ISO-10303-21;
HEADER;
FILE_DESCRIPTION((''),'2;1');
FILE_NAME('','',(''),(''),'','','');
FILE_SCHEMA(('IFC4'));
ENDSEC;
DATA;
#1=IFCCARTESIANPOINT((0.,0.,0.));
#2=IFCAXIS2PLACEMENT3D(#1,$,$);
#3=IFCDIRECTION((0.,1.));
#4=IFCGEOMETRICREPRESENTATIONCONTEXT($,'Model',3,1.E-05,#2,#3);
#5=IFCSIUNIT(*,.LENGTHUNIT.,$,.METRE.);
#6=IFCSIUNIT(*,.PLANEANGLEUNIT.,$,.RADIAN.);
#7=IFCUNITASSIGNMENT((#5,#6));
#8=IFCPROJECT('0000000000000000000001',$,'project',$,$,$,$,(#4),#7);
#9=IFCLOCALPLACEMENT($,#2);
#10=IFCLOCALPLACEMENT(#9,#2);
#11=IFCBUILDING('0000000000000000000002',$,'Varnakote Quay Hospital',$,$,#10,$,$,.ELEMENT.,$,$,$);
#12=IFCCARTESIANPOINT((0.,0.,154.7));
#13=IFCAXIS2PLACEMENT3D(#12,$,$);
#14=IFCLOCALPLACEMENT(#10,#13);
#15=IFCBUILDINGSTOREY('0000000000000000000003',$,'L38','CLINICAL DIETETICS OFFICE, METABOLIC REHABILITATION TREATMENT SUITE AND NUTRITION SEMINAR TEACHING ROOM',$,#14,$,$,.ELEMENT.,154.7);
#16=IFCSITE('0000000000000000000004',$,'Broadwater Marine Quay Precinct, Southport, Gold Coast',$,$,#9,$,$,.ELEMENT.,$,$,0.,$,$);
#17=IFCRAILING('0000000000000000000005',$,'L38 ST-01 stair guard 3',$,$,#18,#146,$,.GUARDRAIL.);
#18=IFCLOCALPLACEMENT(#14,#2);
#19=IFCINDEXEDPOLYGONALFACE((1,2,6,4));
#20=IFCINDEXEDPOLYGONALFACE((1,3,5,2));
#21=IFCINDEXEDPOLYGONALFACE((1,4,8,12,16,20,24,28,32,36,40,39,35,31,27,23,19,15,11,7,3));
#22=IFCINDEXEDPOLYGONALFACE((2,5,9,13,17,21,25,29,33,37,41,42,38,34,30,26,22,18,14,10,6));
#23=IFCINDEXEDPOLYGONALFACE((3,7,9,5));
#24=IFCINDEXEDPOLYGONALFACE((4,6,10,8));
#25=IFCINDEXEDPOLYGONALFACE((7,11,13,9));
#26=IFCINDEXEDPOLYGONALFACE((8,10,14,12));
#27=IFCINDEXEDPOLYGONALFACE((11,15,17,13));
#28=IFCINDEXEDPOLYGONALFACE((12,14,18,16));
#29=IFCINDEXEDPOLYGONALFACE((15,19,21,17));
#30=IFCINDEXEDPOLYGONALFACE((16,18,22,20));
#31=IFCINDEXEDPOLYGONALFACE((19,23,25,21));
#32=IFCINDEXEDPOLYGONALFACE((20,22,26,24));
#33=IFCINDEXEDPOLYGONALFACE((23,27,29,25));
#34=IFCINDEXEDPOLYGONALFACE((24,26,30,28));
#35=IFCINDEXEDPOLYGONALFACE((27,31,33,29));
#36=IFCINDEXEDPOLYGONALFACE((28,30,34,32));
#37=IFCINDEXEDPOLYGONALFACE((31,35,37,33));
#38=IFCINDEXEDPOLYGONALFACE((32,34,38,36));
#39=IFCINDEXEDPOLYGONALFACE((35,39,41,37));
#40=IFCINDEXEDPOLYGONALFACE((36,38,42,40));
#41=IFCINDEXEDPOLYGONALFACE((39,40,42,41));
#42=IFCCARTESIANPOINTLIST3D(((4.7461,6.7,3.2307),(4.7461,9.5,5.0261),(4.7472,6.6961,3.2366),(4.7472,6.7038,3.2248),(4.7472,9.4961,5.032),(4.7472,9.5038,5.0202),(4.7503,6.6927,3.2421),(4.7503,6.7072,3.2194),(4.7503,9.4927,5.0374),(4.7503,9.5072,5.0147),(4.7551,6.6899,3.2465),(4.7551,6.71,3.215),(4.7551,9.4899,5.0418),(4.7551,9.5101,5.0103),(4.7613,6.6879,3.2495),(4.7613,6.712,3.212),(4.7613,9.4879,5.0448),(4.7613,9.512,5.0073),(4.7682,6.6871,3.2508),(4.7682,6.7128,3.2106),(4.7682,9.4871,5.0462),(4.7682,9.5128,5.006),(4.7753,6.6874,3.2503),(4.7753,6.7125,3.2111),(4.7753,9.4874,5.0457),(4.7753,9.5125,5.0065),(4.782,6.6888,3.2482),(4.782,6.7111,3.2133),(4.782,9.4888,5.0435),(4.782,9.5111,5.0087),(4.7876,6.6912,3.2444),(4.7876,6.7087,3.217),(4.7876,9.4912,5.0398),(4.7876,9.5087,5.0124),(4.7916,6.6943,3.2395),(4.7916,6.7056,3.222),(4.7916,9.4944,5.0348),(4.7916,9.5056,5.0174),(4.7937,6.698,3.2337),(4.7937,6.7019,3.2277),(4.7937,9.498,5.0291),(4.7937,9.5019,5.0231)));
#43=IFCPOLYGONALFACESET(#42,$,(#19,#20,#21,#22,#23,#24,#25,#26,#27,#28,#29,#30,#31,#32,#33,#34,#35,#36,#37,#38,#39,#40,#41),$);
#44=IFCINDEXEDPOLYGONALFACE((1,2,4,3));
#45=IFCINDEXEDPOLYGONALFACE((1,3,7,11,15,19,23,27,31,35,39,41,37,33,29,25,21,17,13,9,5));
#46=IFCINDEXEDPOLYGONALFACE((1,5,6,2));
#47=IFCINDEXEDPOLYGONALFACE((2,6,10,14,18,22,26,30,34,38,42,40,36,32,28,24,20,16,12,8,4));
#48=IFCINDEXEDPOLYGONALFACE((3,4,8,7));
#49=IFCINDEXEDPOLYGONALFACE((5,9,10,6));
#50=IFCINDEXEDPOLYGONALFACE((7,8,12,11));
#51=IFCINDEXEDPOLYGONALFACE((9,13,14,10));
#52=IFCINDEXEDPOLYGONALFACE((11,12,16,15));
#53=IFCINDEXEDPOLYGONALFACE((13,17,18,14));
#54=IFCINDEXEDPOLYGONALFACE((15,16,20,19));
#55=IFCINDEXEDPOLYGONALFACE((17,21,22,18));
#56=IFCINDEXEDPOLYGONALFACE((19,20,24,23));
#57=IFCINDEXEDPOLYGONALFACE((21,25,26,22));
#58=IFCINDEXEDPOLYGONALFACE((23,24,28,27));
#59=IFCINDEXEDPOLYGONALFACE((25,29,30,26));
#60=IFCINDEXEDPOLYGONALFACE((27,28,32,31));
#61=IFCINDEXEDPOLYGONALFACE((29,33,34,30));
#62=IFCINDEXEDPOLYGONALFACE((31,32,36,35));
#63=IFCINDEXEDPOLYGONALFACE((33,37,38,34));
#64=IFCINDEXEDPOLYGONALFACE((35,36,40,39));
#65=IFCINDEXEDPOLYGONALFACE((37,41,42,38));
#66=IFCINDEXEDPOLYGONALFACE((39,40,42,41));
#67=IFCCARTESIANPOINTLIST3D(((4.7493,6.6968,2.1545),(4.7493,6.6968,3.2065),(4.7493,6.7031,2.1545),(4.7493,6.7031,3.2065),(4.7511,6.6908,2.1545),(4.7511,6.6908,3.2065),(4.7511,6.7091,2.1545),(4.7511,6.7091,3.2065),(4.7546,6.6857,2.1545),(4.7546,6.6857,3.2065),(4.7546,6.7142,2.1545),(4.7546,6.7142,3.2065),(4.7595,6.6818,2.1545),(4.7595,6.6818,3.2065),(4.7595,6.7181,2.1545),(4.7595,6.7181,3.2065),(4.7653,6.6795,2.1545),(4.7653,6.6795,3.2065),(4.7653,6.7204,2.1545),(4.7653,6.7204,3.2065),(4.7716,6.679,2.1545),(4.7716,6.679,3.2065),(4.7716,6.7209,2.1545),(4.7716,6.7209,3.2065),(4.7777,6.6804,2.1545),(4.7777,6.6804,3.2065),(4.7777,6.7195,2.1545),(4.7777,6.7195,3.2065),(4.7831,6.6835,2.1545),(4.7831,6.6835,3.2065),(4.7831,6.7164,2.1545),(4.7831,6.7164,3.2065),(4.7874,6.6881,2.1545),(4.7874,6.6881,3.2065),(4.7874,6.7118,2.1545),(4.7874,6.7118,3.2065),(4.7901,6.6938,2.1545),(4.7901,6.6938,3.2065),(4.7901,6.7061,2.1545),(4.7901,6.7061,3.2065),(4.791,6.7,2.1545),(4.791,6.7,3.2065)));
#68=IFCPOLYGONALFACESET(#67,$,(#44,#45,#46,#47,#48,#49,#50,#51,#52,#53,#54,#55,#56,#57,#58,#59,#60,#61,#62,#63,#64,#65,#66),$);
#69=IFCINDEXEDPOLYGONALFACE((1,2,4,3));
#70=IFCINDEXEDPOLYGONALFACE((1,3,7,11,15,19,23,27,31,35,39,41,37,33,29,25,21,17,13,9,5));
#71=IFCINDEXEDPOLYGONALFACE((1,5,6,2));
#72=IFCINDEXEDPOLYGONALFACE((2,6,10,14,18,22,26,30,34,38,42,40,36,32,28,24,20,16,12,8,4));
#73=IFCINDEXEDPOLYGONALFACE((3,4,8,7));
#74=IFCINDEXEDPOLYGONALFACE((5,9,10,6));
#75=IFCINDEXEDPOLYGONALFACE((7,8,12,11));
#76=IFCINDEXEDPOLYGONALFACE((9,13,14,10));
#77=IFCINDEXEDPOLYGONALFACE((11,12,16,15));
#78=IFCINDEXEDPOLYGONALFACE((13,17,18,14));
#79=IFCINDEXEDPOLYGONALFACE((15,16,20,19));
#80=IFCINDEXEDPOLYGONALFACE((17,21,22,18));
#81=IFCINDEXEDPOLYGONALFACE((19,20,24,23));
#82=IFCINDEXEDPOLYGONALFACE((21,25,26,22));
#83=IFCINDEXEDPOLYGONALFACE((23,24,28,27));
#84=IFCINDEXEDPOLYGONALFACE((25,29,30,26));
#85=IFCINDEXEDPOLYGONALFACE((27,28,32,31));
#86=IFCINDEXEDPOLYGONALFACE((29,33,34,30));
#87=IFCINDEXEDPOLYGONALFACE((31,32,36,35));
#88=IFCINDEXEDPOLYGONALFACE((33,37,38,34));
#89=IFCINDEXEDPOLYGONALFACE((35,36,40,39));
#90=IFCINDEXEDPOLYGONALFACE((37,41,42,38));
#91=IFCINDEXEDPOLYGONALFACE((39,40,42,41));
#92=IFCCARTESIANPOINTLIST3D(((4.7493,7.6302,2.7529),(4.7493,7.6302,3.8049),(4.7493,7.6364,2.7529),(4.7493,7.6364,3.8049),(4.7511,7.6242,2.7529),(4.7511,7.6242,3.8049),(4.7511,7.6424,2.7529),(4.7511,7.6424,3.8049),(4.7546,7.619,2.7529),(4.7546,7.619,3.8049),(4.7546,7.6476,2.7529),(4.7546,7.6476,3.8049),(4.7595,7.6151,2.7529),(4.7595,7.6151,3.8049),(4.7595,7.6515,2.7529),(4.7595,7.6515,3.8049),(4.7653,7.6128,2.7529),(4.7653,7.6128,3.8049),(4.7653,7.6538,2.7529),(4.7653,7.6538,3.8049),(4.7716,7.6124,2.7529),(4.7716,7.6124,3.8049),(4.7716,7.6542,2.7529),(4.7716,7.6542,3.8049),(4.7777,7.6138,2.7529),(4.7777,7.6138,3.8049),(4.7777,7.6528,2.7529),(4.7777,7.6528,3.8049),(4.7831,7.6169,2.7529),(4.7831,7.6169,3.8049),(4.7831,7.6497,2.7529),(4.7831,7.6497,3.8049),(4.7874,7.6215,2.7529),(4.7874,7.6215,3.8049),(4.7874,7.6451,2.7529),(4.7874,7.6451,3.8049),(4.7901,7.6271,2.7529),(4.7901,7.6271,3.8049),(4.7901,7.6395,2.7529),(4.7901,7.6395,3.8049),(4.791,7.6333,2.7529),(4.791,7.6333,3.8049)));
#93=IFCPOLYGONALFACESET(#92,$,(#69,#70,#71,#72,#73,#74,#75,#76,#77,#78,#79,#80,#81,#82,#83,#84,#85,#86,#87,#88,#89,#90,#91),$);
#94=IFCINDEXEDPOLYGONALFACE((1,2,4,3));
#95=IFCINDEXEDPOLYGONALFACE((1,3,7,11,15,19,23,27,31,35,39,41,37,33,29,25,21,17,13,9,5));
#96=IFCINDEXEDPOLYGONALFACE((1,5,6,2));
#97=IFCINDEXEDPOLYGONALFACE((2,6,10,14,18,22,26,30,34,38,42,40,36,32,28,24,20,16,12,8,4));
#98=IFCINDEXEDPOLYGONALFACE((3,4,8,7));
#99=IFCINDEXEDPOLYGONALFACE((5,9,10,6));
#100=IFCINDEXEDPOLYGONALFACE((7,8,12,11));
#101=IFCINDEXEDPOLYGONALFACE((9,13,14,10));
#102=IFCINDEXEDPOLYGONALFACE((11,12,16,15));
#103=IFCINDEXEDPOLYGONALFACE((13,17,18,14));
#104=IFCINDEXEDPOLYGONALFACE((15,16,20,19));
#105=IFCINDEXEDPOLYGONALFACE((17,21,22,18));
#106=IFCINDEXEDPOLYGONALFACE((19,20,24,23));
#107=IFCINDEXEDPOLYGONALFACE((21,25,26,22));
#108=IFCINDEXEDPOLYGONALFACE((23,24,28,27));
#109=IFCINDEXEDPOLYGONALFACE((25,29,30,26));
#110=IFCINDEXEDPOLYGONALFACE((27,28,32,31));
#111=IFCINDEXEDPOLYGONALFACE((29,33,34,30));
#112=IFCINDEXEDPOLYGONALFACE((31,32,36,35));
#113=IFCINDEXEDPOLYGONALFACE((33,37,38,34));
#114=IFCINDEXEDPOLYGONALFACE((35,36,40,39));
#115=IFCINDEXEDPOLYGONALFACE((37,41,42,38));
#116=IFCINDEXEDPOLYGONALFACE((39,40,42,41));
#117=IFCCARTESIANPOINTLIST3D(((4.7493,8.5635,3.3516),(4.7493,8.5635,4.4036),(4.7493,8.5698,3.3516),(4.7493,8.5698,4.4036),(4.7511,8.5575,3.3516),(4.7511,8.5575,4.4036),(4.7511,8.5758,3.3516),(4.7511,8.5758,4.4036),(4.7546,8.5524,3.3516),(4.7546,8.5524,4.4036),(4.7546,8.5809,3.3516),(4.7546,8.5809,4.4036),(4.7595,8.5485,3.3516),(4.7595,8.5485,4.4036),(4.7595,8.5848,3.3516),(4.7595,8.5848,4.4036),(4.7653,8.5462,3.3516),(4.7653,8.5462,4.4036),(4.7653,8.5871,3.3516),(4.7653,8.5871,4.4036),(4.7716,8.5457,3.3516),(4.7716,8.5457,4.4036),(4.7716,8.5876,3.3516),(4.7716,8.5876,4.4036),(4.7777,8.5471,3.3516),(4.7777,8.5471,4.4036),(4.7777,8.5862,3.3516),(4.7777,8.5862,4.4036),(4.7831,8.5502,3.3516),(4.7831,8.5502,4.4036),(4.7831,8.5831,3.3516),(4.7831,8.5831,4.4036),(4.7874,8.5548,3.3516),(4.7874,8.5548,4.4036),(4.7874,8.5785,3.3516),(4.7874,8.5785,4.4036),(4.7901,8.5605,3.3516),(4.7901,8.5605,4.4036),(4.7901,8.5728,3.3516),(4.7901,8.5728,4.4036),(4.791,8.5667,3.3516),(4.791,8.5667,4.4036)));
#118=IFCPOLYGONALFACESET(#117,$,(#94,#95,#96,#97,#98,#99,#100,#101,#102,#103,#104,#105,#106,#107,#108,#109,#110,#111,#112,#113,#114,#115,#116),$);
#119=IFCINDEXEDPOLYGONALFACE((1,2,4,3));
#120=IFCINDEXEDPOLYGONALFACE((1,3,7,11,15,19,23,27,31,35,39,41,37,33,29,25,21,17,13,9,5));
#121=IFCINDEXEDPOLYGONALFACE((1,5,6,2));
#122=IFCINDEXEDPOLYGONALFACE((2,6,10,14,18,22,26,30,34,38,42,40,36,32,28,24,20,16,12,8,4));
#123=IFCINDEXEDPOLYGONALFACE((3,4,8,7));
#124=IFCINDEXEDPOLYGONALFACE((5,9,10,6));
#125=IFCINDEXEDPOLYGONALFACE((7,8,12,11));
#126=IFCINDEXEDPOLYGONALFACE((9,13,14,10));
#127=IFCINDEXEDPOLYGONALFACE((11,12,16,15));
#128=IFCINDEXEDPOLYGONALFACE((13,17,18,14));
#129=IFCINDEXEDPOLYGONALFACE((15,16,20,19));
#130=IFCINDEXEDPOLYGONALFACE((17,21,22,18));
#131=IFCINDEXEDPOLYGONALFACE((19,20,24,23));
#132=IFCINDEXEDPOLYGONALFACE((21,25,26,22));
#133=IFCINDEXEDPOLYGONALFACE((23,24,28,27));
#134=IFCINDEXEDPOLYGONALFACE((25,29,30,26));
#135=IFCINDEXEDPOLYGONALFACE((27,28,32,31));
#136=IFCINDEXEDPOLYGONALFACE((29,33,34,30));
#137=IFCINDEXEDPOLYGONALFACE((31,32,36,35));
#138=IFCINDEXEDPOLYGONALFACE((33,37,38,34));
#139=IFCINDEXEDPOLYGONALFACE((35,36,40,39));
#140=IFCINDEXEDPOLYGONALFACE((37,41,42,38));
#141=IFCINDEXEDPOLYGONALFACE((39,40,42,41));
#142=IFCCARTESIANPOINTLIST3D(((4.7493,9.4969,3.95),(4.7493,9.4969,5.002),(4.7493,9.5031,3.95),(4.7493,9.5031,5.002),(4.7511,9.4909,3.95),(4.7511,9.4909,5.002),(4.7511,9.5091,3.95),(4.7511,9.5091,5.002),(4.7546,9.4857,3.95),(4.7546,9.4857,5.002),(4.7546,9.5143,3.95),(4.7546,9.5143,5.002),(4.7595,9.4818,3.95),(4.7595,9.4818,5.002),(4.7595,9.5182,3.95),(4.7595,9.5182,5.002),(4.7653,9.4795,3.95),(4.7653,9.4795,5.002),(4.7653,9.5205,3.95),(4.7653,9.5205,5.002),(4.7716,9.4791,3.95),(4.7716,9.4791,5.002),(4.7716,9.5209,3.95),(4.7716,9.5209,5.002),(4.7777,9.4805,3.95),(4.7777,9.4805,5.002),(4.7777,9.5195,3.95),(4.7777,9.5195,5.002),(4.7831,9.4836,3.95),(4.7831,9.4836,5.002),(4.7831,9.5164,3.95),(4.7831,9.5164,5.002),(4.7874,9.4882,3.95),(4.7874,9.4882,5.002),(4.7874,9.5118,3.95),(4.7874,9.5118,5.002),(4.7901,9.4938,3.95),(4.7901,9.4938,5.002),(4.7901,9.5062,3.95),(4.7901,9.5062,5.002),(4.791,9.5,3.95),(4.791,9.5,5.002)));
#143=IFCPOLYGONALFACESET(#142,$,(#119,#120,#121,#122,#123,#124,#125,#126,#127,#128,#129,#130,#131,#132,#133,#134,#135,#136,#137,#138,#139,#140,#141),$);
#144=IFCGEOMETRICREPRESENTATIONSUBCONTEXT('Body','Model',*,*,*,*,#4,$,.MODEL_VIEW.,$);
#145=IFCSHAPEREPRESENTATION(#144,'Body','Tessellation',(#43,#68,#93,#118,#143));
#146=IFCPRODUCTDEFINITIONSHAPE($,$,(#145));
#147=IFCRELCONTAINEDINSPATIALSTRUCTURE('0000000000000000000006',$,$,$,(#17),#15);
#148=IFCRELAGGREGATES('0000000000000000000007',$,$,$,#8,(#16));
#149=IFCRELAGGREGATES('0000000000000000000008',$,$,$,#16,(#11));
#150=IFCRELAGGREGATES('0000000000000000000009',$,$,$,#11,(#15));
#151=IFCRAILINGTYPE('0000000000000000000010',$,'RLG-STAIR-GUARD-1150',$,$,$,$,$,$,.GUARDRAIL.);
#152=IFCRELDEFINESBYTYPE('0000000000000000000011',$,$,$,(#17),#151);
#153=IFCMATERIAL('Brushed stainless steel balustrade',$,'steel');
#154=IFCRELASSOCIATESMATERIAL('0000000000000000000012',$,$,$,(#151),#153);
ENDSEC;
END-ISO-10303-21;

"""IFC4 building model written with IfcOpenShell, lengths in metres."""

from ifc_helpers import new_model, si_unit, direction, frame, origin, origin_2d, place, context, subcontext, project, spatial, circle, extrude, material, type_object, element, save


model = new_model("IFC4")

# Units and contexts
model_context = context("Model", 3, precision=1e-05, world=origin(), true_north=direction((0.0, 1.0)))
body_context = subcontext(model_context, "Body", "Model", "MODEL_VIEW")
ifc_project = project(units=[si_unit("LENGTHUNIT", "METRE"), si_unit("PLANEANGLEUNIT", "RADIAN")], contexts=[model_context])

# Site, building, storey
site_placement = place(None, origin())
site = spatial("IfcSite", under=ifc_project, at=site_placement, Name="Broadwater Marine Quay Precinct, Southport, Gold Coast", CompositionType="ELEMENT", RefElevation=0.0)
building_placement = place(site_placement, origin())
building = spatial("IfcBuilding", under=site, at=building_placement, Name="Varnakote Quay Hospital", CompositionType="ELEMENT")
storey_placement = place(building_placement, frame((0.0, 0.0, 154.7)))
storey = spatial("IfcBuildingStorey", under=building, at=storey_placement, Name="L38", Description="CLINICAL DIETETICS OFFICE, METABOLIC REHABILITATION TREATMENT SUITE AND NUTRITION SEMINAR TEACHING ROOM", CompositionType="ELEMENT", Elevation=154.7)

# Railing
ifc_material_1 = material(Name="Brushed stainless steel balustrade", Category="steel")
railing_type_1 = type_object("IfcRailingType", Name="RLG-STAIR-GUARD-1150", PredefinedType="GUARDRAIL", material=ifc_material_1)
railing_1_placement = place(storey_placement, frame((4.77, 6.7, 2.1545)))
element("IfcRailing", 1, at=railing_1_placement, inside=storey, type_object=railing_type_1, Name="L38 ST-01 stair guard 3", PredefinedType="GUARDRAIL", context=body_context, shape_type="SweptSolid", body=[
    extrude(circle(Radius=0.0239, at=origin_2d()), frame((0.0, 0.0, 1.0762), z_axis=(0.0, 0.84181, 0.539774), x_axis=(-1.0, 0.0, 0.0)), (0.0, 0.0, 1.0), 3.3262),
    extrude(circle(Radius=0.021, at=origin_2d()), origin(), (0.0, 0.0, 1.0), 1.052),
    extrude(circle(Radius=0.021, at=origin_2d()), frame((0.0, 0.9333, 0.5984)), (0.0, 0.0, 1.0), 1.052),
    extrude(circle(Radius=0.021, at=origin_2d()), frame((0.0, 1.8667, 1.197)), (0.0, 0.0, 1.0), 1.052),
    extrude(circle(Radius=0.021, at=origin_2d()), frame((0.0, 2.8, 1.7954)), (0.0, 0.0, 1.0), 1.052),
])

save(model, "model.ifc")
